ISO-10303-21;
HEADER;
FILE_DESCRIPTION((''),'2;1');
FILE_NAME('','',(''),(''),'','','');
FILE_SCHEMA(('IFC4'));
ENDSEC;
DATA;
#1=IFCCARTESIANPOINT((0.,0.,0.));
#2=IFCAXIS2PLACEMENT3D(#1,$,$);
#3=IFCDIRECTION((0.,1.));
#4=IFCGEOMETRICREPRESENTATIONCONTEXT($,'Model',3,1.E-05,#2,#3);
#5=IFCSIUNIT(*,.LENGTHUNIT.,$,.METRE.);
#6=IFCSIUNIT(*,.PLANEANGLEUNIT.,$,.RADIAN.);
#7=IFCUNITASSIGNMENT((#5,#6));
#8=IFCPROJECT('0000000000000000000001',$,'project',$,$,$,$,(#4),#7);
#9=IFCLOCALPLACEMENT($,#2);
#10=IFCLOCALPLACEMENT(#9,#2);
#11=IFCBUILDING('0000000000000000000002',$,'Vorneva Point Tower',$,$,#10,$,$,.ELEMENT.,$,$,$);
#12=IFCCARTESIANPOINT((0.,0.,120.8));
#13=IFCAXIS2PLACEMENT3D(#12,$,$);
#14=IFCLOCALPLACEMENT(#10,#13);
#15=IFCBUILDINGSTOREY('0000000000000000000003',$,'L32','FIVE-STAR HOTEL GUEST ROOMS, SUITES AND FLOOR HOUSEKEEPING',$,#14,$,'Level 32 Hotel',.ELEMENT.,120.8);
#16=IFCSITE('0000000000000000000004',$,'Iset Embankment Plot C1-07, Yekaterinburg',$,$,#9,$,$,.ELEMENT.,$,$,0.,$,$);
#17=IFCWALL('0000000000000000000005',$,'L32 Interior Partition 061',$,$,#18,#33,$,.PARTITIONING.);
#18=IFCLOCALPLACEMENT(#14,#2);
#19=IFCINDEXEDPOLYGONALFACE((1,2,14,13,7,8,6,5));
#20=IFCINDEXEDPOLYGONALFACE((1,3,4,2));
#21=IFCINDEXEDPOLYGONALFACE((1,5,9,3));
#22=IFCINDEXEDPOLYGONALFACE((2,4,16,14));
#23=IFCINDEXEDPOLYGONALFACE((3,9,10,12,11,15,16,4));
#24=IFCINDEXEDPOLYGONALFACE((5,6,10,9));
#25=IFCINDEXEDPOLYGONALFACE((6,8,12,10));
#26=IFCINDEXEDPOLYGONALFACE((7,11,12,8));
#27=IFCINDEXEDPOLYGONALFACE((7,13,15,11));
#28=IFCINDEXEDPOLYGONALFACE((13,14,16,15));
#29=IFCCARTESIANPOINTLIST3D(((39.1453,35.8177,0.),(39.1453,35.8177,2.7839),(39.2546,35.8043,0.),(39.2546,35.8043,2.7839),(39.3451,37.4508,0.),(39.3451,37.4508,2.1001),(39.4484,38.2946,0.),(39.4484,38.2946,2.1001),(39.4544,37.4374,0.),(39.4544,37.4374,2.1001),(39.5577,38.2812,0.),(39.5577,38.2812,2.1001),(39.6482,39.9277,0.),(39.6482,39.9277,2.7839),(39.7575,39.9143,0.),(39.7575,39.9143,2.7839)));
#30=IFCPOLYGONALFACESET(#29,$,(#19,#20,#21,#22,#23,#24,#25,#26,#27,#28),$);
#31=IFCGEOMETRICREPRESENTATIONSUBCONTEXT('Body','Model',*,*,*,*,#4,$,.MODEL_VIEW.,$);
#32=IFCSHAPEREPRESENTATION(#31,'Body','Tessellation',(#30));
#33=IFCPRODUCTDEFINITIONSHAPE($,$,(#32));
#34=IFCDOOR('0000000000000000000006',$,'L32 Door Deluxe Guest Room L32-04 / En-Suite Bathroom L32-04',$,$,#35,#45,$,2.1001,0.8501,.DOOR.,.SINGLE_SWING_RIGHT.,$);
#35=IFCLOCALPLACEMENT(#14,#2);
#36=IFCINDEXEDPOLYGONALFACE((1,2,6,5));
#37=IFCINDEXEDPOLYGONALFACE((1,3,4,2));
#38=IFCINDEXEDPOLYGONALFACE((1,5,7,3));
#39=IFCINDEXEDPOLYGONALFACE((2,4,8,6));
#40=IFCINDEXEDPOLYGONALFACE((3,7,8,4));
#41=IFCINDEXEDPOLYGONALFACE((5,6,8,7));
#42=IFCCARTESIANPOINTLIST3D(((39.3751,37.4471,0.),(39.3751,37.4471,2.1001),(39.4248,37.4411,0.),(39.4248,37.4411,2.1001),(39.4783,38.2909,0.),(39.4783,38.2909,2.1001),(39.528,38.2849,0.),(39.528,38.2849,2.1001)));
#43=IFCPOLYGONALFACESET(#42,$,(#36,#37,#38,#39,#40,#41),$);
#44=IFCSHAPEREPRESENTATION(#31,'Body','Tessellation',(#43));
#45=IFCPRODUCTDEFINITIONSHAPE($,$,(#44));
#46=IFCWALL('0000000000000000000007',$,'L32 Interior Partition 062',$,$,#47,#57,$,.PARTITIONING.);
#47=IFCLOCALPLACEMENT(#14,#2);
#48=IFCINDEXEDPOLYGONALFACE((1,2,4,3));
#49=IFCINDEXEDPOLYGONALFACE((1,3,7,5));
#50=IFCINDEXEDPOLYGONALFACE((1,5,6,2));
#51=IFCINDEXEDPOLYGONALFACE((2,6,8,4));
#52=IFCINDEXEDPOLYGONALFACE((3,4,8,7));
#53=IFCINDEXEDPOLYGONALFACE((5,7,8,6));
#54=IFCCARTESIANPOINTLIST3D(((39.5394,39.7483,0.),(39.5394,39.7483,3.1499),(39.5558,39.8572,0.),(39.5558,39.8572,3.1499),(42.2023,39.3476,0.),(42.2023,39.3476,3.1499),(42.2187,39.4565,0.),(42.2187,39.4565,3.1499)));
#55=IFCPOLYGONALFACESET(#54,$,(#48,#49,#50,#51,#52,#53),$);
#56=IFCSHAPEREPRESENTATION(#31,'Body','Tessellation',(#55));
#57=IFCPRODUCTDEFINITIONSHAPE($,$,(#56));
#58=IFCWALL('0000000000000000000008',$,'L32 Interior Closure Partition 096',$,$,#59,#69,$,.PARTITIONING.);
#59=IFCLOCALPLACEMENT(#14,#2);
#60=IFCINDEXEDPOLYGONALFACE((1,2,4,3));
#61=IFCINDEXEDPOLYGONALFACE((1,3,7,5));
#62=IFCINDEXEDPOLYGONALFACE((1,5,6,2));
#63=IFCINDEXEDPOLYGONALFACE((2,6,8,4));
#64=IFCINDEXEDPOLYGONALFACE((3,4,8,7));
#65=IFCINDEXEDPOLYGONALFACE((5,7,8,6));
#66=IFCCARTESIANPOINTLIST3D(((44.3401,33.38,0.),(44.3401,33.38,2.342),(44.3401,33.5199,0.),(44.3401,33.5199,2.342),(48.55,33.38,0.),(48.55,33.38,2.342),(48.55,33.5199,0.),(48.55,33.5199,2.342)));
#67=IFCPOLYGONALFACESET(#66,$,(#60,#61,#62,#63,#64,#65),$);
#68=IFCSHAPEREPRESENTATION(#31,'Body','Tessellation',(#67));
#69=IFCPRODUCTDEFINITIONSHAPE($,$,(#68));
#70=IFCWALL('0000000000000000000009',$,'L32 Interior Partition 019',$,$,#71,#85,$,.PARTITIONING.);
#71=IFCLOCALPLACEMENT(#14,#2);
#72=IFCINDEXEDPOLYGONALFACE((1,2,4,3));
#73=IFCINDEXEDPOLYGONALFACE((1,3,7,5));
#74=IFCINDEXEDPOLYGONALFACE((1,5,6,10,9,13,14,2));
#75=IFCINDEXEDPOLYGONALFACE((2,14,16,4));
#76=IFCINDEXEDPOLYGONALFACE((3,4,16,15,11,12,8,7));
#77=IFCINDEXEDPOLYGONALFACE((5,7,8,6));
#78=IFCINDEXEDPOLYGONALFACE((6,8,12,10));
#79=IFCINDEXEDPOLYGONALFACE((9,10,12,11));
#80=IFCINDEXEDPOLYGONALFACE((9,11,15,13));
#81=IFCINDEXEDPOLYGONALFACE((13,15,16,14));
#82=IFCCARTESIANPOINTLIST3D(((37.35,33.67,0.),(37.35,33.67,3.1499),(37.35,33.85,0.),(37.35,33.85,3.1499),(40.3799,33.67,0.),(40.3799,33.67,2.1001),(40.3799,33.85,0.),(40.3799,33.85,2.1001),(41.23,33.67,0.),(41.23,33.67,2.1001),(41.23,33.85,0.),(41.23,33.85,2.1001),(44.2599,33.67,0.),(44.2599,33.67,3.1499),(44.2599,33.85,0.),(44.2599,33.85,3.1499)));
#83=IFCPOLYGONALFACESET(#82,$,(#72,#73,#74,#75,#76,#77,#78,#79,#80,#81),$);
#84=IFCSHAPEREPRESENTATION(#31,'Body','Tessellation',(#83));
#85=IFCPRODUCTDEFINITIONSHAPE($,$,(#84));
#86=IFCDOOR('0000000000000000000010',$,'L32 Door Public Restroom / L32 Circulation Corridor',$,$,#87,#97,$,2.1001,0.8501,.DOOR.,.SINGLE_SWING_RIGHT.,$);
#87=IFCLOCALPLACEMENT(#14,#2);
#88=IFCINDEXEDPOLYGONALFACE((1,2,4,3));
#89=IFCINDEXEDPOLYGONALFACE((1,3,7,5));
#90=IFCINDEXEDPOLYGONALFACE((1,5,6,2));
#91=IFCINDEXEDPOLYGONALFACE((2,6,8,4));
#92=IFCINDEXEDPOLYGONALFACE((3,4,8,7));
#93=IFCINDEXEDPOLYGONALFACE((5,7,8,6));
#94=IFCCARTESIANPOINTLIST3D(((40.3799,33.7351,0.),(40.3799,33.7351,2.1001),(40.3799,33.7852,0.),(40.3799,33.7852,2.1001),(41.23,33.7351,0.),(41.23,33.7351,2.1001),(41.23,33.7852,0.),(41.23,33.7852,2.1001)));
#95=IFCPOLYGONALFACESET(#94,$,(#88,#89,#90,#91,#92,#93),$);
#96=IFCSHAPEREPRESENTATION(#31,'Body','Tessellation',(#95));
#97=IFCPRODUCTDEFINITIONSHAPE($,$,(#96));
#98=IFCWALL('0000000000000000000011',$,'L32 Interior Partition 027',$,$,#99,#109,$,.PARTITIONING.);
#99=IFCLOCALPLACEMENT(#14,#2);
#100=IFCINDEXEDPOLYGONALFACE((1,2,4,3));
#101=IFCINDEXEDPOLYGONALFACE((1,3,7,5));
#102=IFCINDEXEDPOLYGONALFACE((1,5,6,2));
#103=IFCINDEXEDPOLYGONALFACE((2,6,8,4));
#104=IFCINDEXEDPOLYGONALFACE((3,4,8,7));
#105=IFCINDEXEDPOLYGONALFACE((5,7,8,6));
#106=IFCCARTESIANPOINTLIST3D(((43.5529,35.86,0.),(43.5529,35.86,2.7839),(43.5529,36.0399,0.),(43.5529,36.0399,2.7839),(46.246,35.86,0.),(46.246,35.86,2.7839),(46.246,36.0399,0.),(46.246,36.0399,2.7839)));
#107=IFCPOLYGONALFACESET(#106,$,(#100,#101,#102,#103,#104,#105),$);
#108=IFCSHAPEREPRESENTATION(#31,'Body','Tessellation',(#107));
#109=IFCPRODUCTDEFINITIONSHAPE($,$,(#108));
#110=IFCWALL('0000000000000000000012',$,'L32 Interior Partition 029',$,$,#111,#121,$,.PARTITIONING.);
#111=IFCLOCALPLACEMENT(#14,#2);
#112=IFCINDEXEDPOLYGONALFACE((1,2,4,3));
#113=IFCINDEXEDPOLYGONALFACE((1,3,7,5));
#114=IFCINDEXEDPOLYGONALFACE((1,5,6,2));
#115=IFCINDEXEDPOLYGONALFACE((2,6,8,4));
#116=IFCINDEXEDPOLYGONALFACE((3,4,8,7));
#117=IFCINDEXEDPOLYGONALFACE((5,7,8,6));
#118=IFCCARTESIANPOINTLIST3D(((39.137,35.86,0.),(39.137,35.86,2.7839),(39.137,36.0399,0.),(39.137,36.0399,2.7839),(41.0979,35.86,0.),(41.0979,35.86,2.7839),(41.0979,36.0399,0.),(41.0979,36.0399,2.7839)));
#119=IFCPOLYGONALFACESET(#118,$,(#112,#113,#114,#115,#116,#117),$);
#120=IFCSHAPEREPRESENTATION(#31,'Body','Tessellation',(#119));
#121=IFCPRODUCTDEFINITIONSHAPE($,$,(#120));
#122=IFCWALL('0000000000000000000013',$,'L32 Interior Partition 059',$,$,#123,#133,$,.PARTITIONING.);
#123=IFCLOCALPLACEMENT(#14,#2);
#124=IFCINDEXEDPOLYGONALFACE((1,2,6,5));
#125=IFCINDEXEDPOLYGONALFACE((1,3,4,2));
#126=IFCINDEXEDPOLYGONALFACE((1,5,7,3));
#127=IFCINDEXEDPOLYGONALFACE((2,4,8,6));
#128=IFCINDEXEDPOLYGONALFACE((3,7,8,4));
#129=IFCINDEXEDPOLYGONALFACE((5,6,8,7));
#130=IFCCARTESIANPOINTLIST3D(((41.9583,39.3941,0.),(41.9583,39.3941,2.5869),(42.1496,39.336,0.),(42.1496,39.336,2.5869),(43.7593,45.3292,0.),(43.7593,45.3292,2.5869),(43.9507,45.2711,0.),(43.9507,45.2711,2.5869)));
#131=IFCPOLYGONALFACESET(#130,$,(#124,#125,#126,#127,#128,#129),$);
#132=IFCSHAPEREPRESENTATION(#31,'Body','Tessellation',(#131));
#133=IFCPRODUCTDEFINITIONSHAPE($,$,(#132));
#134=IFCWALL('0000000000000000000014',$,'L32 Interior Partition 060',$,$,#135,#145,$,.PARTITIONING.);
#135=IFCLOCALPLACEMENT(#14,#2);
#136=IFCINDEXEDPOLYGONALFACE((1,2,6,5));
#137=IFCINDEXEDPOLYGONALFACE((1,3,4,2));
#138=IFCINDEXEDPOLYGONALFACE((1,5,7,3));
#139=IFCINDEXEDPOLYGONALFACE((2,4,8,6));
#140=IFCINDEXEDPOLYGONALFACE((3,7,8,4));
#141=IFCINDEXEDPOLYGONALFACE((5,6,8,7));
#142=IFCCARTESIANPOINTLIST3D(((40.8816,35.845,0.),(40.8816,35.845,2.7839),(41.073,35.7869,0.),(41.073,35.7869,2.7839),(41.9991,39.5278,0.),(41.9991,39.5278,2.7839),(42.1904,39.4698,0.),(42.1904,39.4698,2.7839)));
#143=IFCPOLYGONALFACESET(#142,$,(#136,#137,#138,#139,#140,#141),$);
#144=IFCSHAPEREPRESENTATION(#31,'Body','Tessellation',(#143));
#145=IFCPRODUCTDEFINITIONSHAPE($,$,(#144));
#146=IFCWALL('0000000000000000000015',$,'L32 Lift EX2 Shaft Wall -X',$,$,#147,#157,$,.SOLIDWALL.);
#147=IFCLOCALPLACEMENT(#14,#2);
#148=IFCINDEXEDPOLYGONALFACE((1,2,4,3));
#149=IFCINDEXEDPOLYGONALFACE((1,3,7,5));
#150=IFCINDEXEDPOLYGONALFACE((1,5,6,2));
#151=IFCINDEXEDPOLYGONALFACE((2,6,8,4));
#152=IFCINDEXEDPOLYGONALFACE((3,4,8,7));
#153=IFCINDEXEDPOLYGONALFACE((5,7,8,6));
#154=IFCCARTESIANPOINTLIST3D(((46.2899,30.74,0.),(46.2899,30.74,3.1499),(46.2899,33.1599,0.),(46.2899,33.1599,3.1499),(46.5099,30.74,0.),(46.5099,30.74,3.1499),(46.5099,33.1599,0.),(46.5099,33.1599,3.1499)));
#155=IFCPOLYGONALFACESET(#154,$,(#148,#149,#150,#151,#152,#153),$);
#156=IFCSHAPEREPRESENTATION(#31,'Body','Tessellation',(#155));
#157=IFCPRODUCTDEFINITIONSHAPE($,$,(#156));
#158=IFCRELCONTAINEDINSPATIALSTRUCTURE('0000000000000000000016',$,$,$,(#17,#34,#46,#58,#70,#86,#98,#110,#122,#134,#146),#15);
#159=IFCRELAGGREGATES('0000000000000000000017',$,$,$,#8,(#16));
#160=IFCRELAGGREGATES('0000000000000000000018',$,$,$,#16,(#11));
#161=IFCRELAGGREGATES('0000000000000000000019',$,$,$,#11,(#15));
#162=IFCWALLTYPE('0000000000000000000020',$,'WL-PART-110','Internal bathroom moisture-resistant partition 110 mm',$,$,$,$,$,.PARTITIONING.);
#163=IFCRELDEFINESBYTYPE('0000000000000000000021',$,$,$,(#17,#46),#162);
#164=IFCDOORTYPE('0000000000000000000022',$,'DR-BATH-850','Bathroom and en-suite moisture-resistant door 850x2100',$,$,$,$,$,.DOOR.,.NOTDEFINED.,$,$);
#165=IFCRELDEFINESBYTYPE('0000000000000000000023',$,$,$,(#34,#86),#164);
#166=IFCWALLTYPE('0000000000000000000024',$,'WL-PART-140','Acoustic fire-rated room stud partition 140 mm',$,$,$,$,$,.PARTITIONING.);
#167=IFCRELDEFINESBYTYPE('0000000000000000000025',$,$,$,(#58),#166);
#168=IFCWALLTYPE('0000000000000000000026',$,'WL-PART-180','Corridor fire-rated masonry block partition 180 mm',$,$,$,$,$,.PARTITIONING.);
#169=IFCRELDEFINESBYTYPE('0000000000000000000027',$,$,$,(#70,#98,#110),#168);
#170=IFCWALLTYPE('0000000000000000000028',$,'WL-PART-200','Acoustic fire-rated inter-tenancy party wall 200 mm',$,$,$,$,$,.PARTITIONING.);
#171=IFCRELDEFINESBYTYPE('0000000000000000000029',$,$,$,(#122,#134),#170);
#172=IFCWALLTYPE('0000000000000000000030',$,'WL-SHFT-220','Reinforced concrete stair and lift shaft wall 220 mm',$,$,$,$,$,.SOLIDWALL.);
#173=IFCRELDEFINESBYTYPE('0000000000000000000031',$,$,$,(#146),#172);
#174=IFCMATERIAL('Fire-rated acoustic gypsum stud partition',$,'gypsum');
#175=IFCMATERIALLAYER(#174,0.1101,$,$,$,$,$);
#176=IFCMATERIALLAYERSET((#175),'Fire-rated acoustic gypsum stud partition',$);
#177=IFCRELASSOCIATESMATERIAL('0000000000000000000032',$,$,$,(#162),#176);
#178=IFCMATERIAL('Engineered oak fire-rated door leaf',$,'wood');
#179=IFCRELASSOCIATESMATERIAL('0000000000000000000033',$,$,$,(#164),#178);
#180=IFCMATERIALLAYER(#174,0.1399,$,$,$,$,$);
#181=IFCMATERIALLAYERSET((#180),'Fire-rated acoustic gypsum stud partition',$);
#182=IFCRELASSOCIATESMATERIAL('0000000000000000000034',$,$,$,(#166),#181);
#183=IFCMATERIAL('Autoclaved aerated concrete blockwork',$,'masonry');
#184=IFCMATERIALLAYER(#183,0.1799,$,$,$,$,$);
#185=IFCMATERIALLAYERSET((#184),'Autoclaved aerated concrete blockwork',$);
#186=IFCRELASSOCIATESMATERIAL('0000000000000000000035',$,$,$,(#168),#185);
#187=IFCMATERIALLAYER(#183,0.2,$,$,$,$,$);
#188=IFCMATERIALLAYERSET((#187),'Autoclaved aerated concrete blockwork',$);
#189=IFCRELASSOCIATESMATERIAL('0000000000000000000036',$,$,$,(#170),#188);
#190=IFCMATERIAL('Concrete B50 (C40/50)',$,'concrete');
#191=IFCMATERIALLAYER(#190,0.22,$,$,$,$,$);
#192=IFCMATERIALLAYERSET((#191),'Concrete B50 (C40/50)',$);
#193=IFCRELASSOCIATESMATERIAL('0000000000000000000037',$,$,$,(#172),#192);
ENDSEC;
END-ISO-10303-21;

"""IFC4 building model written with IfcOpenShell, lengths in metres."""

from ifc_helpers import new_model, si_unit, direction, frame, frame_2d, origin, place, context, subcontext, project, spatial, rectangle, extrude, material, layer, layer_set, type_object, element, fill, save


model = new_model("IFC4")

# Units and contexts
model_context = context("Model", 3, precision=1e-05, world=origin(), true_north=direction((0.0, 1.0)))
body_context = subcontext(model_context, "Body", "Model", "MODEL_VIEW")
ifc_project = project(units=[si_unit("LENGTHUNIT", "METRE"), si_unit("PLANEANGLEUNIT", "RADIAN")], contexts=[model_context])

# Site, building, storey
site_placement = place(None, origin())
site = spatial("IfcSite", under=ifc_project, at=site_placement, Name="Iset Embankment Plot C1-07, Yekaterinburg", CompositionType="ELEMENT", RefElevation=0.0)
building_placement = place(site_placement, origin())
building = spatial("IfcBuilding", under=site, at=building_placement, Name="Vorneva Point Tower", CompositionType="ELEMENT")
storey_placement = place(building_placement, frame((0.0, 0.0, 120.8)))
storey = spatial("IfcBuildingStorey", under=building, at=storey_placement, Name="L32", Description="FIVE-STAR HOTEL GUEST ROOMS, SUITES AND FLOOR HOUSEKEEPING", LongName="Level 32 Hotel", CompositionType="ELEMENT", Elevation=120.8)

# Shared definitions
ifc_material_1 = material(Name="Fire-rated acoustic gypsum stud partition", Category="gypsum")
ifc_layer_1 = layer(ifc_material_1, 0.1101)
ifc_layer_set_1 = layer_set([ifc_layer_1], Name="Fire-rated acoustic gypsum stud partition")
wall_type_1 = type_object("IfcWallType", Name="WL-PART-110", Description="Internal bathroom moisture-resistant partition 110 mm", PredefinedType="PARTITIONING", material=ifc_layer_set_1)
ifc_material_2 = material(Name="Engineered oak fire-rated door leaf", Category="wood")
door_type_1 = type_object("IfcDoorType", Name="DR-BATH-850", Description="Bathroom and en-suite moisture-resistant door 850x2100", OperationType="NOTDEFINED", PredefinedType="DOOR", material=ifc_material_2)

# Wall, opening, door
wall_1_placement = place(storey_placement, frame((39.2, 35.811, 0.0), z_axis=(0.0, 0.0, 1.0), x_axis=(0.121465, 0.992596, 0.0)))
wall_1 = element("IfcWall", 1, at=wall_1_placement, inside=storey, type_object=wall_type_1, Name="L32 Interior Partition 061", PredefinedType="PARTITIONING", context=body_context, shape_type="SweptSolid", body=[
    extrude(rectangle(XDim=4.1406, YDim=0.1101, at=frame_2d((2.0703, 0.0))), origin(), (0.0, 0.0, 1.0), 2.7839),
])
opening_1_placement = place(wall_1_placement, frame((1.6453, 0.0, 0.0)))
opening_1 = element("IfcOpeningElement", 2, at=opening_1_placement, cuts=wall_1, PredefinedType="OPENING", context=body_context, shape_type="SweptSolid", body=[
    extrude(rectangle(XDim=0.8501, YDim=2.1001, at=frame_2d((0.425, 1.05))), frame((0.0, 0.0698, 0.0), z_axis=(0.0, -1.0, 0.0), x_axis=(1.0, 0.0, 0.0)), (0.0, 0.0, 1.0), 0.1399),
])
door_1_placement = place(opening_1_placement, origin())
door_1 = element("IfcDoor", 3, at=door_1_placement, inside=storey, type_object=door_type_1, Name="L32 Door Deluxe Guest Room L32-04 / En-Suite Bathroom L32-04", OperationType="SINGLE_SWING_RIGHT", OverallHeight=2.1001, OverallWidth=0.8501, PredefinedType="DOOR", context=body_context, shape_type="SweptSolid", body=[
    extrude(rectangle(XDim=0.8501, YDim=2.1001, at=frame_2d((0.425, 1.05))), frame((0.0, 0.0249, 0.0), z_axis=(0.0, -1.0, 0.0), x_axis=(1.0, 0.0, 0.0)), (0.0, 0.0, 1.0), 0.05),
])
fill(opening_1, door_1)

# Walls
wall_2_placement = place(storey_placement, frame((39.5476, 39.8027, 0.0), z_axis=(0.0, 0.0, 1.0), x_axis=(0.98887, -0.148779, 0.0)))
element("IfcWall", 4, at=wall_2_placement, inside=storey, type_object=wall_type_1, Name="L32 Interior Partition 062", PredefinedType="PARTITIONING", context=body_context, shape_type="SweptSolid", body=[
    extrude(rectangle(XDim=2.6929, YDim=0.1101, at=frame_2d((1.3464, 0.0))), origin(), (0.0, 0.0, 1.0), 3.1499),
])
ifc_layer_2 = layer(ifc_material_1, 0.1399)
ifc_layer_set_2 = layer_set([ifc_layer_2], Name="Fire-rated acoustic gypsum stud partition")
wall_type_2 = type_object("IfcWallType", Name="WL-PART-140", Description="Acoustic fire-rated room stud partition 140 mm", PredefinedType="PARTITIONING", material=ifc_layer_set_2)
wall_3_placement = place(storey_placement, frame((44.3401, 33.45, 0.0), z_axis=(0.0, 0.0, 1.0), x_axis=(1.0, 0.0, 0.0)))
element("IfcWall", 5, at=wall_3_placement, inside=storey, type_object=wall_type_2, Name="L32 Interior Closure Partition 096", PredefinedType="PARTITIONING", context=body_context, shape_type="SweptSolid", body=[
    extrude(rectangle(XDim=4.21, YDim=0.1399, at=frame_2d((2.105, 0.0))), origin(), (0.0, 0.0, 1.0), 2.342),
])

# Wall, opening, door
ifc_material_3 = material(Name="Autoclaved aerated concrete blockwork", Category="masonry")
ifc_layer_3 = layer(ifc_material_3, 0.1799)
ifc_layer_set_3 = layer_set([ifc_layer_3], Name="Autoclaved aerated concrete blockwork")
wall_type_3 = type_object("IfcWallType", Name="WL-PART-180", Description="Corridor fire-rated masonry block partition 180 mm", PredefinedType="PARTITIONING", material=ifc_layer_set_3)
wall_4_placement = place(storey_placement, frame((44.26, 33.76, 0.0), z_axis=(0.0, 0.0, 1.0), x_axis=(-1.0, 0.0, 0.0)))
wall_4 = element("IfcWall", 6, at=wall_4_placement, inside=storey, type_object=wall_type_3, Name="L32 Interior Partition 019", PredefinedType="PARTITIONING", context=body_context, shape_type="SweptSolid", body=[
    extrude(rectangle(XDim=6.9099, YDim=0.1799, at=frame_2d((3.4551, 0.0))), origin(), (0.0, 0.0, 1.0), 3.1499),
])
opening_2_placement = place(wall_4_placement, frame((3.03, 0.0, 0.0)))
opening_2 = element("IfcOpeningElement", 7, at=opening_2_placement, cuts=wall_4, PredefinedType="OPENING", context=body_context, shape_type="SweptSolid", body=[
    extrude(rectangle(XDim=0.8501, YDim=2.1001, at=frame_2d((0.425, 1.05))), frame((0.0, 0.105, 0.0), z_axis=(0.0, -1.0, 0.0), x_axis=(1.0, 0.0, 0.0)), (0.0, 0.0, 1.0), 0.2097),
])
door_2_placement = place(opening_2_placement, origin())
door_2 = element("IfcDoor", 8, at=door_2_placement, inside=storey, type_object=door_type_1, Name="L32 Door Public Restroom / L32 Circulation Corridor", OperationType="SINGLE_SWING_RIGHT", OverallHeight=2.1001, OverallWidth=0.8501, PredefinedType="DOOR", context=body_context, shape_type="SweptSolid", body=[
    extrude(rectangle(XDim=0.8501, YDim=2.1001, at=frame_2d((0.425, 1.05))), frame((0.0, 0.0249, 0.0), z_axis=(0.0, -1.0, 0.0), x_axis=(1.0, 0.0, 0.0)), (0.0, 0.0, 1.0), 0.05),
])
fill(opening_2, door_2)

# Wall
wall_5_placement = place(storey_placement, frame((46.2461, 35.95, 0.0), z_axis=(0.0, 0.0, 1.0), x_axis=(-1.0, 0.0, 0.0)))
element("IfcWall", 9, at=wall_5_placement, inside=storey, type_object=wall_type_3, Name="L32 Interior Partition 027", PredefinedType="PARTITIONING", context=body_context, shape_type="SweptSolid", body=[
    extrude(rectangle(XDim=2.6931, YDim=0.1799, at=frame_2d((1.3467, 0.0))), origin(), (0.0, 0.0, 1.0), 2.7839),
])

# Walls
wall_6_placement = place(storey_placement, frame((41.0979, 35.95, 0.0), z_axis=(0.0, 0.0, 1.0), x_axis=(-1.0, 0.0, 0.0)))
element("IfcWall", 10, at=wall_6_placement, inside=storey, type_object=wall_type_3, Name="L32 Interior Partition 029", PredefinedType="PARTITIONING", context=body_context, shape_type="SweptSolid", body=[
    extrude(rectangle(XDim=1.9609, YDim=0.1799, at=frame_2d((0.9805, 0.0))), origin(), (0.0, 0.0, 1.0), 2.7839),
])
ifc_layer_4 = layer(ifc_material_3, 0.2)
ifc_layer_set_4 = layer_set([ifc_layer_4], Name="Autoclaved aerated concrete blockwork")
wall_type_4 = type_object("IfcWallType", Name="WL-PART-200", Description="Acoustic fire-rated inter-tenancy party wall 200 mm", PredefinedType="PARTITIONING", material=ifc_layer_set_4)
wall_7_placement = place(storey_placement, frame((43.855, 45.3, 0.0), z_axis=(0.0, 0.0, 1.0), x_axis=(-0.29038, -0.956911, 0.0)))
element("IfcWall", 11, at=wall_7_placement, inside=storey, type_object=wall_type_4, Name="L32 Interior Partition 059", PredefinedType="PARTITIONING", context=body_context, shape_type="SweptSolid", body=[
    extrude(rectangle(XDim=6.2024, YDim=0.2, at=frame_2d((3.1011, 0.0))), origin(), (0.0, 0.0, 1.0), 2.5869),
])
wall_8_placement = place(storey_placement, frame((42.0947, 39.4988, 0.0), z_axis=(0.0, 0.0, 1.0), x_axis=(-0.290344, -0.956922, 0.0)))
element("IfcWall", 12, at=wall_8_placement, inside=storey, type_object=wall_type_4, Name="L32 Interior Partition 060", PredefinedType="PARTITIONING", context=body_context, shape_type="SweptSolid", body=[
    extrude(rectangle(XDim=3.8486, YDim=0.2, at=frame_2d((1.9243, 0.0))), origin(), (0.0, 0.0, 1.0), 2.7839),
])
ifc_material_4 = material(Name="Concrete B50 (C40/50)", Category="concrete")
ifc_layer_5 = layer(ifc_material_4, 0.22)
ifc_layer_set_5 = layer_set([ifc_layer_5], Name="Concrete B50 (C40/50)")
wall_type_5 = type_object("IfcWallType", Name="WL-SHFT-220", Description="Reinforced concrete stair and lift shaft wall 220 mm", PredefinedType="SOLIDWALL", material=ifc_layer_set_5)
wall_9_placement = place(storey_placement, frame((46.3999, 33.1599, 0.0), z_axis=(0.0, 0.0, 1.0), x_axis=(0.0, -1.0, 0.0)))
element("IfcWall", 13, at=wall_9_placement, inside=storey, type_object=wall_type_5, Name="L32 Lift EX2 Shaft Wall -X", PredefinedType="SOLIDWALL", context=body_context, shape_type="SweptSolid", body=[
    extrude(rectangle(XDim=2.4199, YDim=0.22, at=frame_2d((1.21, 0.0))), origin(), (0.0, 0.0, 1.0), 3.1499),
])

save(model, "model.ifc")
